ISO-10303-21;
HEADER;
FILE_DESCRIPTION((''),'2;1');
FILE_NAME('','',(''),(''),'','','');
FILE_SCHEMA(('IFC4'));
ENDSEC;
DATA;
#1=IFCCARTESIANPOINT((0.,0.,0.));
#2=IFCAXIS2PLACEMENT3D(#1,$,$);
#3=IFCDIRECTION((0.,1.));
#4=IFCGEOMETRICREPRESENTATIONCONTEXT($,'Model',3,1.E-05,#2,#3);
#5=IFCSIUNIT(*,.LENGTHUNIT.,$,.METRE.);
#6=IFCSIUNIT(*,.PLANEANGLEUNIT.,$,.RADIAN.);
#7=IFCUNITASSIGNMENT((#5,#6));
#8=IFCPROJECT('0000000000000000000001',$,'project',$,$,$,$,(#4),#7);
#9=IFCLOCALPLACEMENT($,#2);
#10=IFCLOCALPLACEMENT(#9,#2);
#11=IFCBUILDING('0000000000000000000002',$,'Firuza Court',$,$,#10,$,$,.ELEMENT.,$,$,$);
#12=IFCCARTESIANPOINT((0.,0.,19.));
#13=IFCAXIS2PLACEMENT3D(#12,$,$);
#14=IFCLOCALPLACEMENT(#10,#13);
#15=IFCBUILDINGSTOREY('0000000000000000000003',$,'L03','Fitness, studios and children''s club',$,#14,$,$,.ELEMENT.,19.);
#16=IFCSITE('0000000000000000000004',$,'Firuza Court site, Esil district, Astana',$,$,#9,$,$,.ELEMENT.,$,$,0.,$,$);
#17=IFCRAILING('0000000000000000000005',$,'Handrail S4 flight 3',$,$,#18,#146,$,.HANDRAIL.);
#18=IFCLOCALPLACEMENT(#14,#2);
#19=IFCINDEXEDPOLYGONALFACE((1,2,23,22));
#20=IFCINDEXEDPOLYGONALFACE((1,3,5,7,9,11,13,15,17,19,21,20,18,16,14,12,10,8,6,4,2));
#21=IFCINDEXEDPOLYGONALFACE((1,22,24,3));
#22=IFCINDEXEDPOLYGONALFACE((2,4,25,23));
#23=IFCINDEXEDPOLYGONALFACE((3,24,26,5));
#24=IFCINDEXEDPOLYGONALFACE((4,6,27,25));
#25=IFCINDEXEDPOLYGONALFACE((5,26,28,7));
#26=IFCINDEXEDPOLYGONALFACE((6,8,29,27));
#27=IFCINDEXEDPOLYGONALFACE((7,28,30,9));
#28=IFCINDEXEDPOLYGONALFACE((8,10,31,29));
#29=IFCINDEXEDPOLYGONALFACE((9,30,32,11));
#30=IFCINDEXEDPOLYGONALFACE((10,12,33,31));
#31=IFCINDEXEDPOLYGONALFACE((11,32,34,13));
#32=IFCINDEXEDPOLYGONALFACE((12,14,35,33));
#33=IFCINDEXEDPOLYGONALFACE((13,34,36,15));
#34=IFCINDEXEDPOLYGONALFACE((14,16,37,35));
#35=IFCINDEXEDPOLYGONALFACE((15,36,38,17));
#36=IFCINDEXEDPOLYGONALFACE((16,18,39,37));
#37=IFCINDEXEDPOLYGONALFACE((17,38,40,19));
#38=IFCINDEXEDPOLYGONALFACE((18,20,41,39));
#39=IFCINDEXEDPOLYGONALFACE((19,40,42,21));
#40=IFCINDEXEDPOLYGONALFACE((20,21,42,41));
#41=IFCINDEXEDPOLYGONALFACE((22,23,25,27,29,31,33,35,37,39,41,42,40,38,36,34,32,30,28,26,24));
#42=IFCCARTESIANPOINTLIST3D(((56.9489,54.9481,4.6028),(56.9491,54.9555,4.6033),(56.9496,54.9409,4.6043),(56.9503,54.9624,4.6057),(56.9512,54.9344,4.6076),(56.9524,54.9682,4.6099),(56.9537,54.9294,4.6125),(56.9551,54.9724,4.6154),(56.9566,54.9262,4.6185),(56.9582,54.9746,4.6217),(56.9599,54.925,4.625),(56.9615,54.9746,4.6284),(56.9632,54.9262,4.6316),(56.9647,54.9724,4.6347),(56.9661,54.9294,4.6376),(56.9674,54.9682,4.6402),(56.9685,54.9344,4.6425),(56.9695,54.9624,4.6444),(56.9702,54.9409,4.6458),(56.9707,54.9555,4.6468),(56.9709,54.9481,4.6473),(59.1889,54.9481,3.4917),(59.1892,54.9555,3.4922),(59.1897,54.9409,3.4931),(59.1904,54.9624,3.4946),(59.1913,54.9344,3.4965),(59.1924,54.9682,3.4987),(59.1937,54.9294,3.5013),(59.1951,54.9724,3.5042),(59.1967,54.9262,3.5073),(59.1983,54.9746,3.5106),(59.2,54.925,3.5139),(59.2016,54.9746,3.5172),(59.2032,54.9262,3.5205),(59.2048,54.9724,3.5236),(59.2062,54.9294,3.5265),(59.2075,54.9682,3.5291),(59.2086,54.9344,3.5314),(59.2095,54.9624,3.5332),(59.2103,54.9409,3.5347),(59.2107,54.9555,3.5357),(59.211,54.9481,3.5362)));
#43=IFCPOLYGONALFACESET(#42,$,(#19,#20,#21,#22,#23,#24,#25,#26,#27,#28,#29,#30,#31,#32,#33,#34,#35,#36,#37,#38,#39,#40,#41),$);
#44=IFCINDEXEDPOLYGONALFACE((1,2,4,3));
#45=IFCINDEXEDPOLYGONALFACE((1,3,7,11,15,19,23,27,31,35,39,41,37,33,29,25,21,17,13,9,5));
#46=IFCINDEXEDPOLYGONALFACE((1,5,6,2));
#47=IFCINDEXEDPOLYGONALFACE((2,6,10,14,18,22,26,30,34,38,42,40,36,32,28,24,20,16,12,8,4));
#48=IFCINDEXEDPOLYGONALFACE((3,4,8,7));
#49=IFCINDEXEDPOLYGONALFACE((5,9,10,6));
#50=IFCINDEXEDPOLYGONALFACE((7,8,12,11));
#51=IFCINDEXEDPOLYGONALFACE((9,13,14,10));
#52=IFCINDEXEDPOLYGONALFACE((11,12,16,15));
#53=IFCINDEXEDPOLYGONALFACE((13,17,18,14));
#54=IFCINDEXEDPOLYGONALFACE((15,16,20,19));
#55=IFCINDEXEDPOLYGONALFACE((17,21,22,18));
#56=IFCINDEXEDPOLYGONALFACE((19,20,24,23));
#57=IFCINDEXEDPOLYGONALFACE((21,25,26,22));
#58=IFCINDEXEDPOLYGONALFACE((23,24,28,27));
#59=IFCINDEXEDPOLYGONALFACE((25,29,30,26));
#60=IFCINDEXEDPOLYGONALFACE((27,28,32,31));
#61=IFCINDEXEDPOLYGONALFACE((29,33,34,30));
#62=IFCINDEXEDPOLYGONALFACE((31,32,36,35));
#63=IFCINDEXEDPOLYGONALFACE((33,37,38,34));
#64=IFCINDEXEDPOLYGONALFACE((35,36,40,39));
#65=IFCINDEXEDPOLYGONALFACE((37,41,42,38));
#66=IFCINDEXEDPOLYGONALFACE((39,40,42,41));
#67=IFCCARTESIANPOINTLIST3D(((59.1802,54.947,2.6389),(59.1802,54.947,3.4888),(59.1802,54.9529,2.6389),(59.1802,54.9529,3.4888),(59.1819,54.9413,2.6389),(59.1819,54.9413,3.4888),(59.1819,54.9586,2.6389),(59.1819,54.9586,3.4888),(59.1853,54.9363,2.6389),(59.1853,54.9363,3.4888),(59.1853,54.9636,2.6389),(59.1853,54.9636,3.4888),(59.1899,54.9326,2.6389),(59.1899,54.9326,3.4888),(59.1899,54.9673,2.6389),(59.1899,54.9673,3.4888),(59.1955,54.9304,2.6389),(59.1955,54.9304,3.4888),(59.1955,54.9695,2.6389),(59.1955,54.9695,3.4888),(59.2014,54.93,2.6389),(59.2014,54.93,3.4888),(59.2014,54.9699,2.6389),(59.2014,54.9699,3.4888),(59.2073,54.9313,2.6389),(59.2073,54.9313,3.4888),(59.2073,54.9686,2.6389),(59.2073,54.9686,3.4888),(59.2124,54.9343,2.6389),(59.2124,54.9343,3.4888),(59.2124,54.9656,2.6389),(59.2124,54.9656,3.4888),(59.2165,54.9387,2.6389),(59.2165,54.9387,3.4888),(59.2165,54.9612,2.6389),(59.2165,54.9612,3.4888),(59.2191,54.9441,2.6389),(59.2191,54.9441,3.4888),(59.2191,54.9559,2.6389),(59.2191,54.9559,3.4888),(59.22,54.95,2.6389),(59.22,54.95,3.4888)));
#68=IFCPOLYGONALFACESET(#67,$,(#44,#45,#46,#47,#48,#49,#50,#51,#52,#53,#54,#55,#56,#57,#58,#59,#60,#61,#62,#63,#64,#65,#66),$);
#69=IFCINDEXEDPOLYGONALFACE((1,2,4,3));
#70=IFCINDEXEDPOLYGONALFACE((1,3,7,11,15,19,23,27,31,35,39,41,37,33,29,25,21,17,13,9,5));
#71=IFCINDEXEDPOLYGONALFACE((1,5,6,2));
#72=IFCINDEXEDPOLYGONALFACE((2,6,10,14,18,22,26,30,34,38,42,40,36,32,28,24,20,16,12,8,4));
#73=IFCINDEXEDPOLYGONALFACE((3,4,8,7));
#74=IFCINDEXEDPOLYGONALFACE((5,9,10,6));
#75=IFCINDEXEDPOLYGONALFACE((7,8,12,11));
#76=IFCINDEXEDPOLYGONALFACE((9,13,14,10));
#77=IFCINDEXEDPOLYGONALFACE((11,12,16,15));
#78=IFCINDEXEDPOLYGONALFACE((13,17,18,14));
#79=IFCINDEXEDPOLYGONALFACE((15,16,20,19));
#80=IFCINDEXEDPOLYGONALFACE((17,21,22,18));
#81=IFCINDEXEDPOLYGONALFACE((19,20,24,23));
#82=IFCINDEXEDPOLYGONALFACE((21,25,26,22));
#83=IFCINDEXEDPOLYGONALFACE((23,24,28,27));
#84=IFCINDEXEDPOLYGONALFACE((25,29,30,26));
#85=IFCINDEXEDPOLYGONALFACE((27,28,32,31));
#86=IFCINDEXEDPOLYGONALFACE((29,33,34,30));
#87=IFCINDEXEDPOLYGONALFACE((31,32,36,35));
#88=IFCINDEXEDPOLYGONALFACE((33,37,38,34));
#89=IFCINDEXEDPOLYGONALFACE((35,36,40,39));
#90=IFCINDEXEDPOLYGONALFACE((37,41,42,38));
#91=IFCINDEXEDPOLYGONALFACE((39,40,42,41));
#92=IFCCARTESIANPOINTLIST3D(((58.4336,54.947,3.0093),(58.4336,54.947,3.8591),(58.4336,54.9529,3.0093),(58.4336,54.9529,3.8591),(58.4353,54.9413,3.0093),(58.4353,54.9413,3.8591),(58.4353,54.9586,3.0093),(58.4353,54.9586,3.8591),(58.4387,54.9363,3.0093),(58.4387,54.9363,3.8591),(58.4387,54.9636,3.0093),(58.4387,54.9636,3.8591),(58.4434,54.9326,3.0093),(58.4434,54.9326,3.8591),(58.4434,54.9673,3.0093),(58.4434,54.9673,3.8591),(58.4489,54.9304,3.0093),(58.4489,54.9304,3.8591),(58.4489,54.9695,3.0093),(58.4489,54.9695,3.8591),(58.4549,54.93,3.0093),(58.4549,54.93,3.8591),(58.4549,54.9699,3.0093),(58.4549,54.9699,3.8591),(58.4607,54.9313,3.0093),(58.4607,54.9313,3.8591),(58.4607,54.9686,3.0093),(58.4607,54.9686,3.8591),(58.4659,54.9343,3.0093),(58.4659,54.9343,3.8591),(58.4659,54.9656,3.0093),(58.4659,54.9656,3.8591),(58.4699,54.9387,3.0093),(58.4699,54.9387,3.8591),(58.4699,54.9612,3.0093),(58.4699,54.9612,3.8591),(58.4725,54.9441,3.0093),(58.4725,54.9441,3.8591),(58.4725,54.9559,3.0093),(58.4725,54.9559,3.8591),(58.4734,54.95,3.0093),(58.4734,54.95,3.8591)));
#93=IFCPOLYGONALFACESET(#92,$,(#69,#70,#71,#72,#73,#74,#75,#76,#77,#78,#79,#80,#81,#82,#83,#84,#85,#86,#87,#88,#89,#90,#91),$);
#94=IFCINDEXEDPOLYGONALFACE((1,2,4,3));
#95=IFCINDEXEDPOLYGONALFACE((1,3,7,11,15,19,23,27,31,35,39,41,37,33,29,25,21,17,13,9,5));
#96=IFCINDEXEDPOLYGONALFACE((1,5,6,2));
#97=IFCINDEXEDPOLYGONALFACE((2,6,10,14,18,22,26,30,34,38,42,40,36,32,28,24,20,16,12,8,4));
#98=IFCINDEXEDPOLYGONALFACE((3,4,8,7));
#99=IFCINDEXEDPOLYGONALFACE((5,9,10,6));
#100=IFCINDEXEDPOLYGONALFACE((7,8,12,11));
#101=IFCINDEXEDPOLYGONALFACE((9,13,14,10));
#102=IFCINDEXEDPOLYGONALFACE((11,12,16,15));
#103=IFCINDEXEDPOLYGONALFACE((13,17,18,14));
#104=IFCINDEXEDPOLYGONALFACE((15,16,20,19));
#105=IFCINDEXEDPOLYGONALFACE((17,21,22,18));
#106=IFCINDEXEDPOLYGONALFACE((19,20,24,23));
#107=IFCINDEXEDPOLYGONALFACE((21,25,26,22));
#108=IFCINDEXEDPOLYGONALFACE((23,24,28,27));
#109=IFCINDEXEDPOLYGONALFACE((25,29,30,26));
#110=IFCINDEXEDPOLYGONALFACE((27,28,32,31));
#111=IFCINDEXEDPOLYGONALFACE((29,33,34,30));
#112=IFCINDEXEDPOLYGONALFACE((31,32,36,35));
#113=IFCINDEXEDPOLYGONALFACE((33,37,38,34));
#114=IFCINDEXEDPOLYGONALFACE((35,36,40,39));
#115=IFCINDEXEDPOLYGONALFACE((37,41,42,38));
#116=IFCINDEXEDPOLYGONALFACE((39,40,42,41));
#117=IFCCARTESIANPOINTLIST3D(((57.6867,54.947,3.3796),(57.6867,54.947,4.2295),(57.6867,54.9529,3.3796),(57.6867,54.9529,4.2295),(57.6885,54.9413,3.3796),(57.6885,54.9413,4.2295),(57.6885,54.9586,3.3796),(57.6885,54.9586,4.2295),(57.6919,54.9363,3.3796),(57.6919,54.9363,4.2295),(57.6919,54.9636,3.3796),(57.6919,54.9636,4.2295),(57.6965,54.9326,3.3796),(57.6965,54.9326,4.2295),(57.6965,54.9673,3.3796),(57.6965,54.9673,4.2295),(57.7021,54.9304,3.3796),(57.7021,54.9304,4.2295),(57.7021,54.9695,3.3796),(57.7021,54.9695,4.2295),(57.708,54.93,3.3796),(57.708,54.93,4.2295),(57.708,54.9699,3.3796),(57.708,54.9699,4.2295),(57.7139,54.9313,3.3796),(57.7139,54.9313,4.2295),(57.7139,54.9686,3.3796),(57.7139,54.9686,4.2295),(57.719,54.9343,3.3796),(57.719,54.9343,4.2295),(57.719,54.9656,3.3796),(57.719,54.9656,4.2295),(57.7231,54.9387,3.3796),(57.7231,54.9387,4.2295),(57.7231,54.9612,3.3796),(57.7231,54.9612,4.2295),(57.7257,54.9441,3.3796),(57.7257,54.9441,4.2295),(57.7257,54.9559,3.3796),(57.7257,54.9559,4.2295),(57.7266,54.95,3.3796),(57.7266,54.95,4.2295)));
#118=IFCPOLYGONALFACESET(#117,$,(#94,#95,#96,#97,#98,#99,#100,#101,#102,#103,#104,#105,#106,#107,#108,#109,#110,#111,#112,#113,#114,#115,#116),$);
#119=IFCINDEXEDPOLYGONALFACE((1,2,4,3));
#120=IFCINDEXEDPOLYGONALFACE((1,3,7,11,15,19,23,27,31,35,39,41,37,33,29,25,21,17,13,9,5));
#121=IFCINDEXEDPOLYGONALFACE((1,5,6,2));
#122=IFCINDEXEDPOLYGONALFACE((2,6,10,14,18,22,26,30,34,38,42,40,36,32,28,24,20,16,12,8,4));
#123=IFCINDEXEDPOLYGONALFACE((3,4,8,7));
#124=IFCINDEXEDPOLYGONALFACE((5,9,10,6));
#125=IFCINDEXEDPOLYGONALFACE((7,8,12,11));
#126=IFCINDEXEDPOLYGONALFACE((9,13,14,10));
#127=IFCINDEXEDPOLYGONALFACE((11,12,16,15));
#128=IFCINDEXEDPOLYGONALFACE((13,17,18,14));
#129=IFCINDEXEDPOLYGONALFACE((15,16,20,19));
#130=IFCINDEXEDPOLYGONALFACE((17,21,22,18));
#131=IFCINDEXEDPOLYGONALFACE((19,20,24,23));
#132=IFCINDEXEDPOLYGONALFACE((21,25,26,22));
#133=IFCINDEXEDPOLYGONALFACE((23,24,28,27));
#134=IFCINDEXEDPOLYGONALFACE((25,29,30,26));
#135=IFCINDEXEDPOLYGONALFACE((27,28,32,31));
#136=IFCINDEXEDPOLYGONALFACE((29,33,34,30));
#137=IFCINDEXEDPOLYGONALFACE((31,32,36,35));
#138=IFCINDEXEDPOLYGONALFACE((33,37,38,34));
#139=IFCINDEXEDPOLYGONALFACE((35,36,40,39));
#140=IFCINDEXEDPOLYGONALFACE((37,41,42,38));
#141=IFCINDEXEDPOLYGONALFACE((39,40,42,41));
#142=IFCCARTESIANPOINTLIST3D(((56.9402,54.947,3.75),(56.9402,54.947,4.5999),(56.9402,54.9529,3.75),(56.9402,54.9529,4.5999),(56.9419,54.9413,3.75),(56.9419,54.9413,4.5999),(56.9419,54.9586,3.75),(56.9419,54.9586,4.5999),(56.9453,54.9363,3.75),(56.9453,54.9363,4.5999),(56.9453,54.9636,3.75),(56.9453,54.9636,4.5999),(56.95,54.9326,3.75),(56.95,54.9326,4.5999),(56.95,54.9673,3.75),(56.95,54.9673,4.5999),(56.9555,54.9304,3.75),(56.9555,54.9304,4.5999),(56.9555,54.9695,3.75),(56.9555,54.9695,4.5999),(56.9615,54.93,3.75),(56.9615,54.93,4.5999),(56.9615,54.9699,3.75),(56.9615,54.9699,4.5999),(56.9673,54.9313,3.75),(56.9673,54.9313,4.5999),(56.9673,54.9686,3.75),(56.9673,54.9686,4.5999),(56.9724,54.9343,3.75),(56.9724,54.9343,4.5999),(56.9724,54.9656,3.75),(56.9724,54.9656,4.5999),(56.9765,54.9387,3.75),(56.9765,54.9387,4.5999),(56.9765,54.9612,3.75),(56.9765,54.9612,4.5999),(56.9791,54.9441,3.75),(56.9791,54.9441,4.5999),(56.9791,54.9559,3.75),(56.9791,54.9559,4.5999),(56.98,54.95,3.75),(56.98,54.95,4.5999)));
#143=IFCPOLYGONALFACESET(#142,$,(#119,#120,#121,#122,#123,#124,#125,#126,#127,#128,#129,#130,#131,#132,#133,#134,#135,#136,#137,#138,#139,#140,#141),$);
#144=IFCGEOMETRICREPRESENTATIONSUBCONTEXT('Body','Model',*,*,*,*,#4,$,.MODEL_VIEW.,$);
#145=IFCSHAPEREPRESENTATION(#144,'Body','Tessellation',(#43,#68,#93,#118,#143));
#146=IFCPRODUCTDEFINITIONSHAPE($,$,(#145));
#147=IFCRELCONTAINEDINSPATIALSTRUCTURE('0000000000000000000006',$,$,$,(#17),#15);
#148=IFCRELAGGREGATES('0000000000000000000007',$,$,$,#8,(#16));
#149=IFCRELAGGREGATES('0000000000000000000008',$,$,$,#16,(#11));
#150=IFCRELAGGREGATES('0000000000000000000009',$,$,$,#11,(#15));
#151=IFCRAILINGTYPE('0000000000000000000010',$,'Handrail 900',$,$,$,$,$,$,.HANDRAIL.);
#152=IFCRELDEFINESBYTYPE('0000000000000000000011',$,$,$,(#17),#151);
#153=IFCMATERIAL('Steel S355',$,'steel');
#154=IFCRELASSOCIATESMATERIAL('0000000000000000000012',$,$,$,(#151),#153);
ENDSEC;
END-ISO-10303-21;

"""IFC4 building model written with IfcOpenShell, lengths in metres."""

from ifc_helpers import new_model, si_unit, direction, frame, origin, origin_2d, place, context, subcontext, project, spatial, circle, extrude, material, type_object, element, save


model = new_model("IFC4")

# Units and contexts
model_context = context("Model", 3, precision=1e-05, world=origin(), true_north=direction((0.0, 1.0)))
body_context = subcontext(model_context, "Body", "Model", "MODEL_VIEW")
ifc_project = project(units=[si_unit("LENGTHUNIT", "METRE"), si_unit("PLANEANGLEUNIT", "RADIAN")], contexts=[model_context])

# Site, building, storey
site_placement = place(None, origin())
site = spatial("IfcSite", under=ifc_project, at=site_placement, Name="Firuza Court site, Esil district, Astana", CompositionType="ELEMENT", RefElevation=0.0)
building_placement = place(site_placement, origin())
building = spatial("IfcBuilding", under=site, at=building_placement, Name="Firuza Court", CompositionType="ELEMENT")
storey_placement = place(building_placement, frame((0.0, 0.0, 19.0)))
storey = spatial("IfcBuildingStorey", under=building, at=storey_placement, Name="L03", Description="Fitness, studios and children's club", CompositionType="ELEMENT", Elevation=19.0)

# Railing
ifc_material_1 = material(Name="Steel S355", Category="steel")
railing_type_1 = type_object("IfcRailingType", Name="Handrail 900", PredefinedType="HANDRAIL", material=ifc_material_1)
railing_1_placement = place(storey_placement, frame((59.2, 54.95, 2.6389)))
element("IfcRailing", 1, at=railing_1_placement, inside=storey, type_object=railing_type_1, Name="Handrail S4 flight 3", PredefinedType="HANDRAIL", context=body_context, shape_type="SweptSolid", body=[
    extrude(circle(Radius=0.0249, at=origin_2d()), frame((0.0, 0.0, 0.875), z_axis=(-0.895848, 0.0, 0.44436), x_axis=(0.0, -1.0, 0.0)), (0.0, 0.0, 1.0), 2.5005),
    extrude(circle(Radius=0.02, at=origin_2d()), origin(), (0.0, 0.0, 1.0), 0.8499),
    extrude(circle(Radius=0.02, at=origin_2d()), frame((-0.7466, 0.0, 0.3704)), (0.0, 0.0, 1.0), 0.8499),
    extrude(circle(Radius=0.02, at=origin_2d()), frame((-1.4934, 0.0, 0.7407)), (0.0, 0.0, 1.0), 0.8499),
    extrude(circle(Radius=0.02, at=origin_2d()), frame((-2.24, 0.0, 1.1111)), (0.0, 0.0, 1.0), 0.8499),
])

save(model, "model.ifc")
